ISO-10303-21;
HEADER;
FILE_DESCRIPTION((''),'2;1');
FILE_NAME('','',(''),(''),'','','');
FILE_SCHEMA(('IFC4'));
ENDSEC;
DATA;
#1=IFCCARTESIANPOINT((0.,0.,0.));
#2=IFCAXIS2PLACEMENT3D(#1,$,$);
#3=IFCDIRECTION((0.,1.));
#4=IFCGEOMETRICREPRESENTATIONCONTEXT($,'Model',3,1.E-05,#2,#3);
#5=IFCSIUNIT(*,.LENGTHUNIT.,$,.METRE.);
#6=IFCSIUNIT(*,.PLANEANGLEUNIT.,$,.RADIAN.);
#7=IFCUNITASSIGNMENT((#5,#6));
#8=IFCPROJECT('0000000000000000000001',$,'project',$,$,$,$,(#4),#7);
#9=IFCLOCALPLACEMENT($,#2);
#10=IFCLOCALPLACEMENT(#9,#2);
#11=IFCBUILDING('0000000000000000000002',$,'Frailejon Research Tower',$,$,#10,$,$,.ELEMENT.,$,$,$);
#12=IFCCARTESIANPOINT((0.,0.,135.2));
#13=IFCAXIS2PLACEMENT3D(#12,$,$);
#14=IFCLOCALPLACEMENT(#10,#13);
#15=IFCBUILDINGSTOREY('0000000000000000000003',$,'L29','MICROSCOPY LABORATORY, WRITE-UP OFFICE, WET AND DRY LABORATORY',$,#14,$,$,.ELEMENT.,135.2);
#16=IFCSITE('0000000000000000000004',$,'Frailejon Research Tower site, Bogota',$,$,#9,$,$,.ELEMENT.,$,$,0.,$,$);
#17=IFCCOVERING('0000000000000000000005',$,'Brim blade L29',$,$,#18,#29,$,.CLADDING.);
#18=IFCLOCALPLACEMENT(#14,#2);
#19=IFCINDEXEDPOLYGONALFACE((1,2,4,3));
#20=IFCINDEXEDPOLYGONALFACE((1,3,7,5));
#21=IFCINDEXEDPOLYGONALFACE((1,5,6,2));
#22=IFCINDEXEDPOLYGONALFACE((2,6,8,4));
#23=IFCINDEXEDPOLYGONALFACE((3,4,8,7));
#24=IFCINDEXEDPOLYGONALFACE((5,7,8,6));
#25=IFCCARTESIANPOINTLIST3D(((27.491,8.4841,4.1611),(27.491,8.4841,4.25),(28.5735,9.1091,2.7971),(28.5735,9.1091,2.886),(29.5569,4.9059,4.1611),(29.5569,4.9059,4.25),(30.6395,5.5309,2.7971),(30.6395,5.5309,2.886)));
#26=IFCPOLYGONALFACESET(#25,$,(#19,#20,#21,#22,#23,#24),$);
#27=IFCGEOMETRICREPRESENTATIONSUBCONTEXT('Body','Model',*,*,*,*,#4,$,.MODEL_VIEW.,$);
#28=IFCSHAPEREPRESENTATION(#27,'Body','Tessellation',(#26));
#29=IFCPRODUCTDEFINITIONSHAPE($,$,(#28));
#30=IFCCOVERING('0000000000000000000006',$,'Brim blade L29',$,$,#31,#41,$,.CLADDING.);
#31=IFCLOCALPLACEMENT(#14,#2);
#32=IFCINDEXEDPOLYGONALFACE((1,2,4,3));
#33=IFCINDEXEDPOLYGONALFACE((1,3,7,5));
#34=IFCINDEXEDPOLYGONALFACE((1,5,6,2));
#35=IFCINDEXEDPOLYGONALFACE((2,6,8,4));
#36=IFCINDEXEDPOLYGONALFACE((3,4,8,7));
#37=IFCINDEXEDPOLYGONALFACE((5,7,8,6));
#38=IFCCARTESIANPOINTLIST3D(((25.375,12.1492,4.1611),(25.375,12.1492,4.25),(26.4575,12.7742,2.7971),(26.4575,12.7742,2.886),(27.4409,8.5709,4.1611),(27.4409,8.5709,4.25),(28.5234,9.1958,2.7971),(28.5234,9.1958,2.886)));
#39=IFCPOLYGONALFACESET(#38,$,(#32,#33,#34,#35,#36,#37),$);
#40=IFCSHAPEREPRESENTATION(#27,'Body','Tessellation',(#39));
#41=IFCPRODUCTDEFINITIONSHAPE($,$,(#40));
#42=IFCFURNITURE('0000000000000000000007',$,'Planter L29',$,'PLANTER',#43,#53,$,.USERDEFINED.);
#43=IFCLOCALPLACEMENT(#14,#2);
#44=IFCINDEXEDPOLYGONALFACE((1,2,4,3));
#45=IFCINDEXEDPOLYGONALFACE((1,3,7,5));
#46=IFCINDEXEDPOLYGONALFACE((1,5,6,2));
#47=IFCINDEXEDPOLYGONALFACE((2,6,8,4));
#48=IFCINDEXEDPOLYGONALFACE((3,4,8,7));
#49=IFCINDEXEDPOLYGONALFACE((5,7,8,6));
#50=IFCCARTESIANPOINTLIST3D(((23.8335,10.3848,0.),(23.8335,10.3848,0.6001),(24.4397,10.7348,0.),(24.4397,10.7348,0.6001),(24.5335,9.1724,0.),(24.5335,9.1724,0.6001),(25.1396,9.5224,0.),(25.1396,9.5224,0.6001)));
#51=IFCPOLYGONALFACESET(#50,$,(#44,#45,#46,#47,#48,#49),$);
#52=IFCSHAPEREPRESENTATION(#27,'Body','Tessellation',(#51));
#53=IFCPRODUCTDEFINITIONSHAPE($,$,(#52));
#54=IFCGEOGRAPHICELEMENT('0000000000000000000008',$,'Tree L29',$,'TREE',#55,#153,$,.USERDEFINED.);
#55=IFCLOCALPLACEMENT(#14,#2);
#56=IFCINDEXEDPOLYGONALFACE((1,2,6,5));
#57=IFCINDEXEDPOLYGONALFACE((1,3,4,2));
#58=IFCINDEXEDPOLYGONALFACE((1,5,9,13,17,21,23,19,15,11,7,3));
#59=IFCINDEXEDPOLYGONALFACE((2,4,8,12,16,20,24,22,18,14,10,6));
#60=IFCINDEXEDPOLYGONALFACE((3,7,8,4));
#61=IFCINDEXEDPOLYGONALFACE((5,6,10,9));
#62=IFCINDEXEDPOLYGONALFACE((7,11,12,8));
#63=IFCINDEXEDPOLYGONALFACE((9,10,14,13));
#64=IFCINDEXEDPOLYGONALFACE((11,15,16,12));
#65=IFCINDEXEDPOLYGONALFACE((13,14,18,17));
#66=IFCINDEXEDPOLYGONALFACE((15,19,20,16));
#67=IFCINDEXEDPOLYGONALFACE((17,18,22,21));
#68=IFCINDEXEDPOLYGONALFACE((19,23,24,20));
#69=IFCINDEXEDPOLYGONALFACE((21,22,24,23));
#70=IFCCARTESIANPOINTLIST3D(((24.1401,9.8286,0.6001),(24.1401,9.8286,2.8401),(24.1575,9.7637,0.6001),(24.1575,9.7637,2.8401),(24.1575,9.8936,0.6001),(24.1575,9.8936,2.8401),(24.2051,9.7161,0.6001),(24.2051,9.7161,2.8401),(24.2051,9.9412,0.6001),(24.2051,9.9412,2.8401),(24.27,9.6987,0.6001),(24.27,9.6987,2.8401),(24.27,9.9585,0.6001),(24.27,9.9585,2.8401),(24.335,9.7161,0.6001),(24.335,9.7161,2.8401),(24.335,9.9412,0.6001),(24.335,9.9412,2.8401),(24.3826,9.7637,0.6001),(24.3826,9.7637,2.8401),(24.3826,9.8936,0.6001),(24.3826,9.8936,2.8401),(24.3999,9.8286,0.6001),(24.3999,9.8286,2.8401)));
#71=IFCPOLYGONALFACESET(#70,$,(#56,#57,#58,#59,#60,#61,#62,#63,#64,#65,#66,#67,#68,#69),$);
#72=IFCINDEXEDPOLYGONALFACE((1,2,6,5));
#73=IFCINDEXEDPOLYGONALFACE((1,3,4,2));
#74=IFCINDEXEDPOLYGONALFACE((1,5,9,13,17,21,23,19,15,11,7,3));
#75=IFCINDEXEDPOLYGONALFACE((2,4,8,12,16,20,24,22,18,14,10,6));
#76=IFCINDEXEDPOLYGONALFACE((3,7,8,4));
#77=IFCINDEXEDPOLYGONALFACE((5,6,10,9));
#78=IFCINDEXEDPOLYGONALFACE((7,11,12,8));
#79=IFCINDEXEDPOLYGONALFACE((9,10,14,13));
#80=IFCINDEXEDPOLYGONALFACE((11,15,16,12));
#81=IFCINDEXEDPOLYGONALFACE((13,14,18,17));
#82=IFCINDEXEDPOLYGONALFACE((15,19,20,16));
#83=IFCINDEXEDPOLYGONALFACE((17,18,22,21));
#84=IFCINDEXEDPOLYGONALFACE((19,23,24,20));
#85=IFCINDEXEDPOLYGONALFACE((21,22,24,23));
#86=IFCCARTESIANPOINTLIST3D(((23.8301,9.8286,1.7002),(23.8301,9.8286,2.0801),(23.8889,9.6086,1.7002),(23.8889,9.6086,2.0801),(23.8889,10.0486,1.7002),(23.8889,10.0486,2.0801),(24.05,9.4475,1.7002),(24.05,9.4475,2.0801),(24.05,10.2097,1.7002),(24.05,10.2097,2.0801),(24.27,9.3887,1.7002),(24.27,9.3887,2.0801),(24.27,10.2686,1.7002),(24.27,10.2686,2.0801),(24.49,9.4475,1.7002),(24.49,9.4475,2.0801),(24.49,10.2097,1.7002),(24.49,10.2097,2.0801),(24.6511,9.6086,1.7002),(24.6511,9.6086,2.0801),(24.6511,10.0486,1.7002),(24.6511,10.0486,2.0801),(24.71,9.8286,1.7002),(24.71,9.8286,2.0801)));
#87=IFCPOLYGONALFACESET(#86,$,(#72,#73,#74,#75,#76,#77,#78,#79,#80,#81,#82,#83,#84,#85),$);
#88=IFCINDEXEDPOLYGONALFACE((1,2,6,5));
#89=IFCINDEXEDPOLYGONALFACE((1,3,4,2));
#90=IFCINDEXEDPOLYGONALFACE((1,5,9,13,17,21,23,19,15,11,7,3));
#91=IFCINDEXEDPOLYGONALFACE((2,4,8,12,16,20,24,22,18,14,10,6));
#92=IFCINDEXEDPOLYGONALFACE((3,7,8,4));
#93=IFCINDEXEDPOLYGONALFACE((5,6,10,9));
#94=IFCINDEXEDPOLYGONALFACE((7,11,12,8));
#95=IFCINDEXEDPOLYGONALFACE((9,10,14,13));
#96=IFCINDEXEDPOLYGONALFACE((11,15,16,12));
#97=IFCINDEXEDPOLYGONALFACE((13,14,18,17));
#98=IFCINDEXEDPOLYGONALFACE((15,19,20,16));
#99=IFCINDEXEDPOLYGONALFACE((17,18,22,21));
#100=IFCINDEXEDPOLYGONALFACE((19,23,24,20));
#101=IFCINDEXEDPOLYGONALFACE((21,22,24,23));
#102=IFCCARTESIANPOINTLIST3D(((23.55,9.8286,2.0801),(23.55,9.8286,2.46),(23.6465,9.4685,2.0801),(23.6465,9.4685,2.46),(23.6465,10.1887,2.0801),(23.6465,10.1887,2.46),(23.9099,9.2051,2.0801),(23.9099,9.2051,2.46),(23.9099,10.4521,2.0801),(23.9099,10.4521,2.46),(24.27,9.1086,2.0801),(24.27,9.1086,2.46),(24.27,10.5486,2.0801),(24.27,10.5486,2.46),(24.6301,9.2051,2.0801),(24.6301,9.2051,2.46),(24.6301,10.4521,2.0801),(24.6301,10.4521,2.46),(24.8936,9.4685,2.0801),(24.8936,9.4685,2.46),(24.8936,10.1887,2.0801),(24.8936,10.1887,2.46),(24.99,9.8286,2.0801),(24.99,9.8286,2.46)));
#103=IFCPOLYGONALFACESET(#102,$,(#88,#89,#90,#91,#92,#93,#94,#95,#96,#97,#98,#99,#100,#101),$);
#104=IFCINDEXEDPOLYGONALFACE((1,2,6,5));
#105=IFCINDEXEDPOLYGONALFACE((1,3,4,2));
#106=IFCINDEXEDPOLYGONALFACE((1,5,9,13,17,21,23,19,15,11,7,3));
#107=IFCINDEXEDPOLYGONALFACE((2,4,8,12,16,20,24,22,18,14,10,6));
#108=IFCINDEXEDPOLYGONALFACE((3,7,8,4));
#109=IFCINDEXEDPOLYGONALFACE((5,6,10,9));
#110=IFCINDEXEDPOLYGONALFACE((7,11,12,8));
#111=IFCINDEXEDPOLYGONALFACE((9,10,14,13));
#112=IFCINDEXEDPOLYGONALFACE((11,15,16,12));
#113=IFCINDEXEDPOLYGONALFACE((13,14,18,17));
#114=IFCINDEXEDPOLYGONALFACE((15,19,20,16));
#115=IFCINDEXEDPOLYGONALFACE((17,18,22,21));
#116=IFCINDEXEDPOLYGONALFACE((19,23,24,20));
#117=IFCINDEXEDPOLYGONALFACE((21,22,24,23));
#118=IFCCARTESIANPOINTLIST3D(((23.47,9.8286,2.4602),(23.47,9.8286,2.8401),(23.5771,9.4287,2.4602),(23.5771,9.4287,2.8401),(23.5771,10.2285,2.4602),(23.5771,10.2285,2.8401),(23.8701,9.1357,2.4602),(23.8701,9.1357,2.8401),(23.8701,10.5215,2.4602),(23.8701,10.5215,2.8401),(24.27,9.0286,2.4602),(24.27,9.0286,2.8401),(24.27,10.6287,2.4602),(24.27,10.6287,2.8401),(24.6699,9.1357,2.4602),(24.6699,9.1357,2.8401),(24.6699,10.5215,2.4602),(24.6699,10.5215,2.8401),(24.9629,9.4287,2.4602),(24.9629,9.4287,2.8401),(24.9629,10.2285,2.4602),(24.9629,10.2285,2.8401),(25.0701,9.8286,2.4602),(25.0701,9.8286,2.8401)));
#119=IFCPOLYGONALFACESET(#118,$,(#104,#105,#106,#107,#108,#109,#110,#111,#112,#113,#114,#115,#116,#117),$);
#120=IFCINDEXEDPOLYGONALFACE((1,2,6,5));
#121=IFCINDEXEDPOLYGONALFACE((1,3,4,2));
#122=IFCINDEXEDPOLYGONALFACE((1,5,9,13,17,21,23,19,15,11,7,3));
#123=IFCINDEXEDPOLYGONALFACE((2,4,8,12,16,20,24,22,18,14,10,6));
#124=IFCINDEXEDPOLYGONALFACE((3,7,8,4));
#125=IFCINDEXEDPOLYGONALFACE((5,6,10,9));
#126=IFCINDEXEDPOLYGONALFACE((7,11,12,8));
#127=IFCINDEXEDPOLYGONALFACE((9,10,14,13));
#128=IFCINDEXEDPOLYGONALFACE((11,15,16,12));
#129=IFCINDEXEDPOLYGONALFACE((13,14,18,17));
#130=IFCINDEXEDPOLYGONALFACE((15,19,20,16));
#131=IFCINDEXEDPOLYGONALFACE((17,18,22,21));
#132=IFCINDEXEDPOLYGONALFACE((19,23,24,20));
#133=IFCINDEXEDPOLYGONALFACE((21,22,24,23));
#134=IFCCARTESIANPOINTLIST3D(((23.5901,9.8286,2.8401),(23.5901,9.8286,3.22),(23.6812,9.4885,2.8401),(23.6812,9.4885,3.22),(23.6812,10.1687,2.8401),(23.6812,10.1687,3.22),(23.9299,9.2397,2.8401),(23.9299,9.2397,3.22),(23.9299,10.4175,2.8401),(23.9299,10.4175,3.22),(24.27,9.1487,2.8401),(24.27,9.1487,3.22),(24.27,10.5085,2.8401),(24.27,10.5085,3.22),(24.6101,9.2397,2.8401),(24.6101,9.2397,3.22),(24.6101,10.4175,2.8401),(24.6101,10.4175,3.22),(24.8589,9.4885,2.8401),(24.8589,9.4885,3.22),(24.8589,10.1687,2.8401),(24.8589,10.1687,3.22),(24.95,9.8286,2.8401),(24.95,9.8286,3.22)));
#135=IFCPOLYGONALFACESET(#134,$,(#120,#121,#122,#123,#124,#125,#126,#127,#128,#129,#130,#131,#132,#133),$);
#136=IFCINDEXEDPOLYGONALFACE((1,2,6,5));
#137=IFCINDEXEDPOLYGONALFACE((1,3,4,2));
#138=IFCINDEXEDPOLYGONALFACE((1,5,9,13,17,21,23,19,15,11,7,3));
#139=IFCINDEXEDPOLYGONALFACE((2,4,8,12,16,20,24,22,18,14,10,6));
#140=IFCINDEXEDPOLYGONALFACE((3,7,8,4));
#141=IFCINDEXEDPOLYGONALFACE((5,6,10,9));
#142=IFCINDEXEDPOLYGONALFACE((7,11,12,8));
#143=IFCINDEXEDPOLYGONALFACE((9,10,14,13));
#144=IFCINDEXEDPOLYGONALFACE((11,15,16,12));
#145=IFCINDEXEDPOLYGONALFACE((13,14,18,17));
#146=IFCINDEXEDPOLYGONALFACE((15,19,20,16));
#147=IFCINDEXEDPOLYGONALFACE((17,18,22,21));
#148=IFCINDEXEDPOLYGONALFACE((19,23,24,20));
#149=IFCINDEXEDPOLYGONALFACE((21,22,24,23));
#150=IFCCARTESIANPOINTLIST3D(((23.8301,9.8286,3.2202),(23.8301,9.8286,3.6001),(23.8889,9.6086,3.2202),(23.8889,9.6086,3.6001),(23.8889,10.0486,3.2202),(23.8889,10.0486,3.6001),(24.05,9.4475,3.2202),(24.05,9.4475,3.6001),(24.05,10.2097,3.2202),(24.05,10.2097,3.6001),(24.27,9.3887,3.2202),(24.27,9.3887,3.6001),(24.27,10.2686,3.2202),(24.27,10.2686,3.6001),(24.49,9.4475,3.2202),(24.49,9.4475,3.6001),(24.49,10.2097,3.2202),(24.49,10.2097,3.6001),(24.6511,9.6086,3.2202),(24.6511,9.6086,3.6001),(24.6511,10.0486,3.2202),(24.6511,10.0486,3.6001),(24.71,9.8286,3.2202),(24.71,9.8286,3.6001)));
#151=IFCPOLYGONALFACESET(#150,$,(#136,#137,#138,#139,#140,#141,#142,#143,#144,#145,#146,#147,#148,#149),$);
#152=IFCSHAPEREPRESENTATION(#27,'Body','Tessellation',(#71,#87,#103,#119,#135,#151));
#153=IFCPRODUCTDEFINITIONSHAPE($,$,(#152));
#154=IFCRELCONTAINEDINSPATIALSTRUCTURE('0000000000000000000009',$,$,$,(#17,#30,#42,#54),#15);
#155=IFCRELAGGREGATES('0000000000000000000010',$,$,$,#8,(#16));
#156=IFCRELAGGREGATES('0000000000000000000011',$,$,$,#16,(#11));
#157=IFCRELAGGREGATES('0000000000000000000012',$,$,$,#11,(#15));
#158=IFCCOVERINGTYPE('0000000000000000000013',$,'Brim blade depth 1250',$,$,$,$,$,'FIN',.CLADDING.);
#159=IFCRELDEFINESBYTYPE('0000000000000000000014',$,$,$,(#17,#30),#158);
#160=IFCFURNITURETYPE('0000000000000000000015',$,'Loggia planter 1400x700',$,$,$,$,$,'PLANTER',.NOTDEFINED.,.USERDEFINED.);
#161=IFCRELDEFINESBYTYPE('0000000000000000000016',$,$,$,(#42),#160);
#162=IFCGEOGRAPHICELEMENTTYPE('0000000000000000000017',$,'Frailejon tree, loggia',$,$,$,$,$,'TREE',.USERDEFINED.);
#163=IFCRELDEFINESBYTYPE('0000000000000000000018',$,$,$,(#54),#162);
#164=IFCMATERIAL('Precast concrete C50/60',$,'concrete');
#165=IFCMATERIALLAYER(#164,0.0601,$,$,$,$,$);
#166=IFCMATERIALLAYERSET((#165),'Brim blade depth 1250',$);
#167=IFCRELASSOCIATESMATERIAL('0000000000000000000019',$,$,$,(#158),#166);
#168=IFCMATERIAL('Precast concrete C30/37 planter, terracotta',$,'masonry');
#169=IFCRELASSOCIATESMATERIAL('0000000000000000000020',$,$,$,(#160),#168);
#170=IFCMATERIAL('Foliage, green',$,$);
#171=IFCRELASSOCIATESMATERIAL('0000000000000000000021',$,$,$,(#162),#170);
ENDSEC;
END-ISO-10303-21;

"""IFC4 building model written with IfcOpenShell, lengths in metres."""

from ifc_helpers import new_model, si_unit, direction, frame, origin, origin_2d, place, context, subcontext, project, spatial, polyline, rectangle, outline, extrude, material, layer, layer_set, type_object, element, save


model = new_model("IFC4")

# Units and contexts
model_context = context("Model", 3, precision=1e-05, world=origin(), true_north=direction((0.0, 1.0)))
body_context = subcontext(model_context, "Body", "Model", "MODEL_VIEW")
ifc_project = project(units=[si_unit("LENGTHUNIT", "METRE"), si_unit("PLANEANGLEUNIT", "RADIAN")], contexts=[model_context])

# Site, building, storey
site_placement = place(None, origin())
site = spatial("IfcSite", under=ifc_project, at=site_placement, Name="Frailejon Research Tower site, Bogota", CompositionType="ELEMENT", RefElevation=0.0)
building_placement = place(site_placement, origin())
building = spatial("IfcBuilding", under=site, at=building_placement, Name="Frailejon Research Tower", CompositionType="ELEMENT")
storey_placement = place(building_placement, frame((0.0, 0.0, 135.2)))
storey = spatial("IfcBuildingStorey", under=building, at=storey_placement, Name="L29", Description="MICROSCOPY LABORATORY, WRITE-UP OFFICE, WET AND DRY LABORATORY", CompositionType="ELEMENT", Elevation=135.2)

# Coverings
ifc_material_1 = material(Name="Precast concrete C50/60", Category="concrete")
ifc_layer_1 = layer(ifc_material_1, 0.0601)
ifc_layer_set_1 = layer_set([ifc_layer_1], Name="Brim blade depth 1250")
covering_type = type_object("IfcCoveringType", Name="Brim blade depth 1250", ElementType="FIN", PredefinedType="CLADDING", material=ifc_layer_set_1)
for number, where, z_axis, x_axis, name in (
    (1, (27.491, 8.4841, 4.25), (0.500012, -0.866018, 0.0), (0.866018, 0.500012, 0.0), "Brim blade L29"),
    (2, (25.375, 12.1492, 4.25), (0.499984, -0.866034, 0.0), (0.866034, 0.499984, 0.0), "Brim blade L29"),
):
    element("IfcCovering", number, at=place(storey_placement, frame(where, z_axis=z_axis, x_axis=x_axis)), inside=storey, type_object=covering_type, Name=name, PredefinedType="CLADDING", context=body_context, shape_type="SweptSolid", body=[
        extrude(outline(polyline([(0.0, -0.0889), (1.25, -1.4529), (1.25, -1.364), (0.0, 0.0), (0.0, -0.0889)])), origin(), (0.0, 0.0, 1.0), 4.1318),
    ])

# Furniture
ifc_material_2 = material(Name="Precast concrete C30/37 planter, terracotta", Category="masonry")
furniture_type = type_object("IfcFurnitureType", Name="Loggia planter 1400x700", ElementType="PLANTER", AssemblyPlace="NOTDEFINED", PredefinedType="USERDEFINED", material=ifc_material_2)
furniture_placement = place(storey_placement, frame((24.4866, 9.9536, 0.0), z_axis=(0.0, 0.0, 1.0), x_axis=(-0.5, 0.866025, 0.0)))
element("IfcFurniture", 3, at=furniture_placement, inside=storey, type_object=furniture_type, Name="Planter L29", ObjectType="PLANTER", PredefinedType="USERDEFINED", context=body_context, shape_type="SweptSolid", body=[
    extrude(rectangle(XDim=1.3999, YDim=0.7, at=origin_2d()), origin(), (0.0, 0.0, 1.0), 0.6001),
])

# Geographic element
ifc_material_3 = material(Name="Foliage, green")
geographic_element_type = type_object("IfcGeographicElementType", Name="Frailejon tree, loggia", ElementType="TREE", PredefinedType="USERDEFINED", material=ifc_material_3)
geographic_element_placement = place(storey_placement, frame((24.27, 9.8286, 0.6001)))
element("IfcGeographicElement", 4, at=geographic_element_placement, inside=storey, type_object=geographic_element_type, Name="Tree L29", ObjectType="TREE", PredefinedType="USERDEFINED", context=body_context, shape_type="SweptSolid", body=[
    extrude(outline(polyline([(0.1299, 0.0), (0.1125, 0.0649), (0.0649, 0.1125), (0.0, 0.1299), (-0.0649, 0.1125), (-0.1125, 0.0649), (-0.1299, 0.0), (-0.1125, -0.0649), (-0.0649, -0.1125), (0.0, -0.1299), (0.0649, -0.1125), (0.1125, -0.0649), (0.1299, 0.0)])), origin(), (0.0, 0.0, 1.0), 2.24),
    extrude(outline(polyline([(0.4399, 0.0), (0.3811, 0.22), (0.22, 0.3811), (0.0, 0.4399), (-0.22, 0.3811), (-0.3811, 0.22), (-0.4399, 0.0), (-0.3811, -0.22), (-0.22, -0.3811), (0.0, -0.4399), (0.22, -0.3811), (0.3811, -0.22), (0.4399, 0.0)])), frame((0.0, 0.0, 1.1001)), (0.0, 0.0, 1.0), 0.3799),
    extrude(outline(polyline([(0.72, 0.0), (0.6235, 0.3601), (0.3601, 0.6235), (0.0, 0.72), (-0.3601, 0.6235), (-0.6235, 0.3601), (-0.72, 0.0), (-0.6235, -0.3601), (-0.3601, -0.6235), (0.0, -0.72), (0.3601, -0.6235), (0.6235, -0.3601), (0.72, 0.0)])), frame((0.0, 0.0, 1.48)), (0.0, 0.0, 1.0), 0.3799),
    extrude(outline(polyline([(0.8, 0.0), (0.6929, 0.3999), (0.3999, 0.6929), (0.0, 0.8), (-0.3999, 0.6929), (-0.6929, 0.3999), (-0.8, 0.0), (-0.6929, -0.3999), (-0.3999, -0.6929), (0.0, -0.8), (0.3999, -0.6929), (0.6929, -0.3999), (0.8, 0.0)])), frame((0.0, 0.0, 1.8601)), (0.0, 0.0, 1.0), 0.3799),
    extrude(outline(polyline([(0.6799, 0.0), (0.5889, 0.3401), (0.3401, 0.5889), (0.0, 0.6799), (-0.3401, 0.5889), (-0.5889, 0.3401), (-0.6799, 0.0), (-0.5889, -0.3401), (-0.3401, -0.5889), (0.0, -0.6799), (0.3401, -0.5889), (0.5889, -0.3401), (0.6799, 0.0)])), frame((0.0, 0.0, 2.24)), (0.0, 0.0, 1.0), 0.3799),
    extrude(outline(polyline([(0.4399, 0.0), (0.3811, 0.22), (0.22, 0.3811), (0.0, 0.4399), (-0.22, 0.3811), (-0.3811, 0.22), (-0.4399, 0.0), (-0.3811, -0.22), (-0.22, -0.3811), (0.0, -0.4399), (0.22, -0.3811), (0.3811, -0.22), (0.4399, 0.0)])), frame((0.0, 0.0, 2.6201)), (0.0, 0.0, 1.0), 0.3799),
])

save(model, "model.ifc")
